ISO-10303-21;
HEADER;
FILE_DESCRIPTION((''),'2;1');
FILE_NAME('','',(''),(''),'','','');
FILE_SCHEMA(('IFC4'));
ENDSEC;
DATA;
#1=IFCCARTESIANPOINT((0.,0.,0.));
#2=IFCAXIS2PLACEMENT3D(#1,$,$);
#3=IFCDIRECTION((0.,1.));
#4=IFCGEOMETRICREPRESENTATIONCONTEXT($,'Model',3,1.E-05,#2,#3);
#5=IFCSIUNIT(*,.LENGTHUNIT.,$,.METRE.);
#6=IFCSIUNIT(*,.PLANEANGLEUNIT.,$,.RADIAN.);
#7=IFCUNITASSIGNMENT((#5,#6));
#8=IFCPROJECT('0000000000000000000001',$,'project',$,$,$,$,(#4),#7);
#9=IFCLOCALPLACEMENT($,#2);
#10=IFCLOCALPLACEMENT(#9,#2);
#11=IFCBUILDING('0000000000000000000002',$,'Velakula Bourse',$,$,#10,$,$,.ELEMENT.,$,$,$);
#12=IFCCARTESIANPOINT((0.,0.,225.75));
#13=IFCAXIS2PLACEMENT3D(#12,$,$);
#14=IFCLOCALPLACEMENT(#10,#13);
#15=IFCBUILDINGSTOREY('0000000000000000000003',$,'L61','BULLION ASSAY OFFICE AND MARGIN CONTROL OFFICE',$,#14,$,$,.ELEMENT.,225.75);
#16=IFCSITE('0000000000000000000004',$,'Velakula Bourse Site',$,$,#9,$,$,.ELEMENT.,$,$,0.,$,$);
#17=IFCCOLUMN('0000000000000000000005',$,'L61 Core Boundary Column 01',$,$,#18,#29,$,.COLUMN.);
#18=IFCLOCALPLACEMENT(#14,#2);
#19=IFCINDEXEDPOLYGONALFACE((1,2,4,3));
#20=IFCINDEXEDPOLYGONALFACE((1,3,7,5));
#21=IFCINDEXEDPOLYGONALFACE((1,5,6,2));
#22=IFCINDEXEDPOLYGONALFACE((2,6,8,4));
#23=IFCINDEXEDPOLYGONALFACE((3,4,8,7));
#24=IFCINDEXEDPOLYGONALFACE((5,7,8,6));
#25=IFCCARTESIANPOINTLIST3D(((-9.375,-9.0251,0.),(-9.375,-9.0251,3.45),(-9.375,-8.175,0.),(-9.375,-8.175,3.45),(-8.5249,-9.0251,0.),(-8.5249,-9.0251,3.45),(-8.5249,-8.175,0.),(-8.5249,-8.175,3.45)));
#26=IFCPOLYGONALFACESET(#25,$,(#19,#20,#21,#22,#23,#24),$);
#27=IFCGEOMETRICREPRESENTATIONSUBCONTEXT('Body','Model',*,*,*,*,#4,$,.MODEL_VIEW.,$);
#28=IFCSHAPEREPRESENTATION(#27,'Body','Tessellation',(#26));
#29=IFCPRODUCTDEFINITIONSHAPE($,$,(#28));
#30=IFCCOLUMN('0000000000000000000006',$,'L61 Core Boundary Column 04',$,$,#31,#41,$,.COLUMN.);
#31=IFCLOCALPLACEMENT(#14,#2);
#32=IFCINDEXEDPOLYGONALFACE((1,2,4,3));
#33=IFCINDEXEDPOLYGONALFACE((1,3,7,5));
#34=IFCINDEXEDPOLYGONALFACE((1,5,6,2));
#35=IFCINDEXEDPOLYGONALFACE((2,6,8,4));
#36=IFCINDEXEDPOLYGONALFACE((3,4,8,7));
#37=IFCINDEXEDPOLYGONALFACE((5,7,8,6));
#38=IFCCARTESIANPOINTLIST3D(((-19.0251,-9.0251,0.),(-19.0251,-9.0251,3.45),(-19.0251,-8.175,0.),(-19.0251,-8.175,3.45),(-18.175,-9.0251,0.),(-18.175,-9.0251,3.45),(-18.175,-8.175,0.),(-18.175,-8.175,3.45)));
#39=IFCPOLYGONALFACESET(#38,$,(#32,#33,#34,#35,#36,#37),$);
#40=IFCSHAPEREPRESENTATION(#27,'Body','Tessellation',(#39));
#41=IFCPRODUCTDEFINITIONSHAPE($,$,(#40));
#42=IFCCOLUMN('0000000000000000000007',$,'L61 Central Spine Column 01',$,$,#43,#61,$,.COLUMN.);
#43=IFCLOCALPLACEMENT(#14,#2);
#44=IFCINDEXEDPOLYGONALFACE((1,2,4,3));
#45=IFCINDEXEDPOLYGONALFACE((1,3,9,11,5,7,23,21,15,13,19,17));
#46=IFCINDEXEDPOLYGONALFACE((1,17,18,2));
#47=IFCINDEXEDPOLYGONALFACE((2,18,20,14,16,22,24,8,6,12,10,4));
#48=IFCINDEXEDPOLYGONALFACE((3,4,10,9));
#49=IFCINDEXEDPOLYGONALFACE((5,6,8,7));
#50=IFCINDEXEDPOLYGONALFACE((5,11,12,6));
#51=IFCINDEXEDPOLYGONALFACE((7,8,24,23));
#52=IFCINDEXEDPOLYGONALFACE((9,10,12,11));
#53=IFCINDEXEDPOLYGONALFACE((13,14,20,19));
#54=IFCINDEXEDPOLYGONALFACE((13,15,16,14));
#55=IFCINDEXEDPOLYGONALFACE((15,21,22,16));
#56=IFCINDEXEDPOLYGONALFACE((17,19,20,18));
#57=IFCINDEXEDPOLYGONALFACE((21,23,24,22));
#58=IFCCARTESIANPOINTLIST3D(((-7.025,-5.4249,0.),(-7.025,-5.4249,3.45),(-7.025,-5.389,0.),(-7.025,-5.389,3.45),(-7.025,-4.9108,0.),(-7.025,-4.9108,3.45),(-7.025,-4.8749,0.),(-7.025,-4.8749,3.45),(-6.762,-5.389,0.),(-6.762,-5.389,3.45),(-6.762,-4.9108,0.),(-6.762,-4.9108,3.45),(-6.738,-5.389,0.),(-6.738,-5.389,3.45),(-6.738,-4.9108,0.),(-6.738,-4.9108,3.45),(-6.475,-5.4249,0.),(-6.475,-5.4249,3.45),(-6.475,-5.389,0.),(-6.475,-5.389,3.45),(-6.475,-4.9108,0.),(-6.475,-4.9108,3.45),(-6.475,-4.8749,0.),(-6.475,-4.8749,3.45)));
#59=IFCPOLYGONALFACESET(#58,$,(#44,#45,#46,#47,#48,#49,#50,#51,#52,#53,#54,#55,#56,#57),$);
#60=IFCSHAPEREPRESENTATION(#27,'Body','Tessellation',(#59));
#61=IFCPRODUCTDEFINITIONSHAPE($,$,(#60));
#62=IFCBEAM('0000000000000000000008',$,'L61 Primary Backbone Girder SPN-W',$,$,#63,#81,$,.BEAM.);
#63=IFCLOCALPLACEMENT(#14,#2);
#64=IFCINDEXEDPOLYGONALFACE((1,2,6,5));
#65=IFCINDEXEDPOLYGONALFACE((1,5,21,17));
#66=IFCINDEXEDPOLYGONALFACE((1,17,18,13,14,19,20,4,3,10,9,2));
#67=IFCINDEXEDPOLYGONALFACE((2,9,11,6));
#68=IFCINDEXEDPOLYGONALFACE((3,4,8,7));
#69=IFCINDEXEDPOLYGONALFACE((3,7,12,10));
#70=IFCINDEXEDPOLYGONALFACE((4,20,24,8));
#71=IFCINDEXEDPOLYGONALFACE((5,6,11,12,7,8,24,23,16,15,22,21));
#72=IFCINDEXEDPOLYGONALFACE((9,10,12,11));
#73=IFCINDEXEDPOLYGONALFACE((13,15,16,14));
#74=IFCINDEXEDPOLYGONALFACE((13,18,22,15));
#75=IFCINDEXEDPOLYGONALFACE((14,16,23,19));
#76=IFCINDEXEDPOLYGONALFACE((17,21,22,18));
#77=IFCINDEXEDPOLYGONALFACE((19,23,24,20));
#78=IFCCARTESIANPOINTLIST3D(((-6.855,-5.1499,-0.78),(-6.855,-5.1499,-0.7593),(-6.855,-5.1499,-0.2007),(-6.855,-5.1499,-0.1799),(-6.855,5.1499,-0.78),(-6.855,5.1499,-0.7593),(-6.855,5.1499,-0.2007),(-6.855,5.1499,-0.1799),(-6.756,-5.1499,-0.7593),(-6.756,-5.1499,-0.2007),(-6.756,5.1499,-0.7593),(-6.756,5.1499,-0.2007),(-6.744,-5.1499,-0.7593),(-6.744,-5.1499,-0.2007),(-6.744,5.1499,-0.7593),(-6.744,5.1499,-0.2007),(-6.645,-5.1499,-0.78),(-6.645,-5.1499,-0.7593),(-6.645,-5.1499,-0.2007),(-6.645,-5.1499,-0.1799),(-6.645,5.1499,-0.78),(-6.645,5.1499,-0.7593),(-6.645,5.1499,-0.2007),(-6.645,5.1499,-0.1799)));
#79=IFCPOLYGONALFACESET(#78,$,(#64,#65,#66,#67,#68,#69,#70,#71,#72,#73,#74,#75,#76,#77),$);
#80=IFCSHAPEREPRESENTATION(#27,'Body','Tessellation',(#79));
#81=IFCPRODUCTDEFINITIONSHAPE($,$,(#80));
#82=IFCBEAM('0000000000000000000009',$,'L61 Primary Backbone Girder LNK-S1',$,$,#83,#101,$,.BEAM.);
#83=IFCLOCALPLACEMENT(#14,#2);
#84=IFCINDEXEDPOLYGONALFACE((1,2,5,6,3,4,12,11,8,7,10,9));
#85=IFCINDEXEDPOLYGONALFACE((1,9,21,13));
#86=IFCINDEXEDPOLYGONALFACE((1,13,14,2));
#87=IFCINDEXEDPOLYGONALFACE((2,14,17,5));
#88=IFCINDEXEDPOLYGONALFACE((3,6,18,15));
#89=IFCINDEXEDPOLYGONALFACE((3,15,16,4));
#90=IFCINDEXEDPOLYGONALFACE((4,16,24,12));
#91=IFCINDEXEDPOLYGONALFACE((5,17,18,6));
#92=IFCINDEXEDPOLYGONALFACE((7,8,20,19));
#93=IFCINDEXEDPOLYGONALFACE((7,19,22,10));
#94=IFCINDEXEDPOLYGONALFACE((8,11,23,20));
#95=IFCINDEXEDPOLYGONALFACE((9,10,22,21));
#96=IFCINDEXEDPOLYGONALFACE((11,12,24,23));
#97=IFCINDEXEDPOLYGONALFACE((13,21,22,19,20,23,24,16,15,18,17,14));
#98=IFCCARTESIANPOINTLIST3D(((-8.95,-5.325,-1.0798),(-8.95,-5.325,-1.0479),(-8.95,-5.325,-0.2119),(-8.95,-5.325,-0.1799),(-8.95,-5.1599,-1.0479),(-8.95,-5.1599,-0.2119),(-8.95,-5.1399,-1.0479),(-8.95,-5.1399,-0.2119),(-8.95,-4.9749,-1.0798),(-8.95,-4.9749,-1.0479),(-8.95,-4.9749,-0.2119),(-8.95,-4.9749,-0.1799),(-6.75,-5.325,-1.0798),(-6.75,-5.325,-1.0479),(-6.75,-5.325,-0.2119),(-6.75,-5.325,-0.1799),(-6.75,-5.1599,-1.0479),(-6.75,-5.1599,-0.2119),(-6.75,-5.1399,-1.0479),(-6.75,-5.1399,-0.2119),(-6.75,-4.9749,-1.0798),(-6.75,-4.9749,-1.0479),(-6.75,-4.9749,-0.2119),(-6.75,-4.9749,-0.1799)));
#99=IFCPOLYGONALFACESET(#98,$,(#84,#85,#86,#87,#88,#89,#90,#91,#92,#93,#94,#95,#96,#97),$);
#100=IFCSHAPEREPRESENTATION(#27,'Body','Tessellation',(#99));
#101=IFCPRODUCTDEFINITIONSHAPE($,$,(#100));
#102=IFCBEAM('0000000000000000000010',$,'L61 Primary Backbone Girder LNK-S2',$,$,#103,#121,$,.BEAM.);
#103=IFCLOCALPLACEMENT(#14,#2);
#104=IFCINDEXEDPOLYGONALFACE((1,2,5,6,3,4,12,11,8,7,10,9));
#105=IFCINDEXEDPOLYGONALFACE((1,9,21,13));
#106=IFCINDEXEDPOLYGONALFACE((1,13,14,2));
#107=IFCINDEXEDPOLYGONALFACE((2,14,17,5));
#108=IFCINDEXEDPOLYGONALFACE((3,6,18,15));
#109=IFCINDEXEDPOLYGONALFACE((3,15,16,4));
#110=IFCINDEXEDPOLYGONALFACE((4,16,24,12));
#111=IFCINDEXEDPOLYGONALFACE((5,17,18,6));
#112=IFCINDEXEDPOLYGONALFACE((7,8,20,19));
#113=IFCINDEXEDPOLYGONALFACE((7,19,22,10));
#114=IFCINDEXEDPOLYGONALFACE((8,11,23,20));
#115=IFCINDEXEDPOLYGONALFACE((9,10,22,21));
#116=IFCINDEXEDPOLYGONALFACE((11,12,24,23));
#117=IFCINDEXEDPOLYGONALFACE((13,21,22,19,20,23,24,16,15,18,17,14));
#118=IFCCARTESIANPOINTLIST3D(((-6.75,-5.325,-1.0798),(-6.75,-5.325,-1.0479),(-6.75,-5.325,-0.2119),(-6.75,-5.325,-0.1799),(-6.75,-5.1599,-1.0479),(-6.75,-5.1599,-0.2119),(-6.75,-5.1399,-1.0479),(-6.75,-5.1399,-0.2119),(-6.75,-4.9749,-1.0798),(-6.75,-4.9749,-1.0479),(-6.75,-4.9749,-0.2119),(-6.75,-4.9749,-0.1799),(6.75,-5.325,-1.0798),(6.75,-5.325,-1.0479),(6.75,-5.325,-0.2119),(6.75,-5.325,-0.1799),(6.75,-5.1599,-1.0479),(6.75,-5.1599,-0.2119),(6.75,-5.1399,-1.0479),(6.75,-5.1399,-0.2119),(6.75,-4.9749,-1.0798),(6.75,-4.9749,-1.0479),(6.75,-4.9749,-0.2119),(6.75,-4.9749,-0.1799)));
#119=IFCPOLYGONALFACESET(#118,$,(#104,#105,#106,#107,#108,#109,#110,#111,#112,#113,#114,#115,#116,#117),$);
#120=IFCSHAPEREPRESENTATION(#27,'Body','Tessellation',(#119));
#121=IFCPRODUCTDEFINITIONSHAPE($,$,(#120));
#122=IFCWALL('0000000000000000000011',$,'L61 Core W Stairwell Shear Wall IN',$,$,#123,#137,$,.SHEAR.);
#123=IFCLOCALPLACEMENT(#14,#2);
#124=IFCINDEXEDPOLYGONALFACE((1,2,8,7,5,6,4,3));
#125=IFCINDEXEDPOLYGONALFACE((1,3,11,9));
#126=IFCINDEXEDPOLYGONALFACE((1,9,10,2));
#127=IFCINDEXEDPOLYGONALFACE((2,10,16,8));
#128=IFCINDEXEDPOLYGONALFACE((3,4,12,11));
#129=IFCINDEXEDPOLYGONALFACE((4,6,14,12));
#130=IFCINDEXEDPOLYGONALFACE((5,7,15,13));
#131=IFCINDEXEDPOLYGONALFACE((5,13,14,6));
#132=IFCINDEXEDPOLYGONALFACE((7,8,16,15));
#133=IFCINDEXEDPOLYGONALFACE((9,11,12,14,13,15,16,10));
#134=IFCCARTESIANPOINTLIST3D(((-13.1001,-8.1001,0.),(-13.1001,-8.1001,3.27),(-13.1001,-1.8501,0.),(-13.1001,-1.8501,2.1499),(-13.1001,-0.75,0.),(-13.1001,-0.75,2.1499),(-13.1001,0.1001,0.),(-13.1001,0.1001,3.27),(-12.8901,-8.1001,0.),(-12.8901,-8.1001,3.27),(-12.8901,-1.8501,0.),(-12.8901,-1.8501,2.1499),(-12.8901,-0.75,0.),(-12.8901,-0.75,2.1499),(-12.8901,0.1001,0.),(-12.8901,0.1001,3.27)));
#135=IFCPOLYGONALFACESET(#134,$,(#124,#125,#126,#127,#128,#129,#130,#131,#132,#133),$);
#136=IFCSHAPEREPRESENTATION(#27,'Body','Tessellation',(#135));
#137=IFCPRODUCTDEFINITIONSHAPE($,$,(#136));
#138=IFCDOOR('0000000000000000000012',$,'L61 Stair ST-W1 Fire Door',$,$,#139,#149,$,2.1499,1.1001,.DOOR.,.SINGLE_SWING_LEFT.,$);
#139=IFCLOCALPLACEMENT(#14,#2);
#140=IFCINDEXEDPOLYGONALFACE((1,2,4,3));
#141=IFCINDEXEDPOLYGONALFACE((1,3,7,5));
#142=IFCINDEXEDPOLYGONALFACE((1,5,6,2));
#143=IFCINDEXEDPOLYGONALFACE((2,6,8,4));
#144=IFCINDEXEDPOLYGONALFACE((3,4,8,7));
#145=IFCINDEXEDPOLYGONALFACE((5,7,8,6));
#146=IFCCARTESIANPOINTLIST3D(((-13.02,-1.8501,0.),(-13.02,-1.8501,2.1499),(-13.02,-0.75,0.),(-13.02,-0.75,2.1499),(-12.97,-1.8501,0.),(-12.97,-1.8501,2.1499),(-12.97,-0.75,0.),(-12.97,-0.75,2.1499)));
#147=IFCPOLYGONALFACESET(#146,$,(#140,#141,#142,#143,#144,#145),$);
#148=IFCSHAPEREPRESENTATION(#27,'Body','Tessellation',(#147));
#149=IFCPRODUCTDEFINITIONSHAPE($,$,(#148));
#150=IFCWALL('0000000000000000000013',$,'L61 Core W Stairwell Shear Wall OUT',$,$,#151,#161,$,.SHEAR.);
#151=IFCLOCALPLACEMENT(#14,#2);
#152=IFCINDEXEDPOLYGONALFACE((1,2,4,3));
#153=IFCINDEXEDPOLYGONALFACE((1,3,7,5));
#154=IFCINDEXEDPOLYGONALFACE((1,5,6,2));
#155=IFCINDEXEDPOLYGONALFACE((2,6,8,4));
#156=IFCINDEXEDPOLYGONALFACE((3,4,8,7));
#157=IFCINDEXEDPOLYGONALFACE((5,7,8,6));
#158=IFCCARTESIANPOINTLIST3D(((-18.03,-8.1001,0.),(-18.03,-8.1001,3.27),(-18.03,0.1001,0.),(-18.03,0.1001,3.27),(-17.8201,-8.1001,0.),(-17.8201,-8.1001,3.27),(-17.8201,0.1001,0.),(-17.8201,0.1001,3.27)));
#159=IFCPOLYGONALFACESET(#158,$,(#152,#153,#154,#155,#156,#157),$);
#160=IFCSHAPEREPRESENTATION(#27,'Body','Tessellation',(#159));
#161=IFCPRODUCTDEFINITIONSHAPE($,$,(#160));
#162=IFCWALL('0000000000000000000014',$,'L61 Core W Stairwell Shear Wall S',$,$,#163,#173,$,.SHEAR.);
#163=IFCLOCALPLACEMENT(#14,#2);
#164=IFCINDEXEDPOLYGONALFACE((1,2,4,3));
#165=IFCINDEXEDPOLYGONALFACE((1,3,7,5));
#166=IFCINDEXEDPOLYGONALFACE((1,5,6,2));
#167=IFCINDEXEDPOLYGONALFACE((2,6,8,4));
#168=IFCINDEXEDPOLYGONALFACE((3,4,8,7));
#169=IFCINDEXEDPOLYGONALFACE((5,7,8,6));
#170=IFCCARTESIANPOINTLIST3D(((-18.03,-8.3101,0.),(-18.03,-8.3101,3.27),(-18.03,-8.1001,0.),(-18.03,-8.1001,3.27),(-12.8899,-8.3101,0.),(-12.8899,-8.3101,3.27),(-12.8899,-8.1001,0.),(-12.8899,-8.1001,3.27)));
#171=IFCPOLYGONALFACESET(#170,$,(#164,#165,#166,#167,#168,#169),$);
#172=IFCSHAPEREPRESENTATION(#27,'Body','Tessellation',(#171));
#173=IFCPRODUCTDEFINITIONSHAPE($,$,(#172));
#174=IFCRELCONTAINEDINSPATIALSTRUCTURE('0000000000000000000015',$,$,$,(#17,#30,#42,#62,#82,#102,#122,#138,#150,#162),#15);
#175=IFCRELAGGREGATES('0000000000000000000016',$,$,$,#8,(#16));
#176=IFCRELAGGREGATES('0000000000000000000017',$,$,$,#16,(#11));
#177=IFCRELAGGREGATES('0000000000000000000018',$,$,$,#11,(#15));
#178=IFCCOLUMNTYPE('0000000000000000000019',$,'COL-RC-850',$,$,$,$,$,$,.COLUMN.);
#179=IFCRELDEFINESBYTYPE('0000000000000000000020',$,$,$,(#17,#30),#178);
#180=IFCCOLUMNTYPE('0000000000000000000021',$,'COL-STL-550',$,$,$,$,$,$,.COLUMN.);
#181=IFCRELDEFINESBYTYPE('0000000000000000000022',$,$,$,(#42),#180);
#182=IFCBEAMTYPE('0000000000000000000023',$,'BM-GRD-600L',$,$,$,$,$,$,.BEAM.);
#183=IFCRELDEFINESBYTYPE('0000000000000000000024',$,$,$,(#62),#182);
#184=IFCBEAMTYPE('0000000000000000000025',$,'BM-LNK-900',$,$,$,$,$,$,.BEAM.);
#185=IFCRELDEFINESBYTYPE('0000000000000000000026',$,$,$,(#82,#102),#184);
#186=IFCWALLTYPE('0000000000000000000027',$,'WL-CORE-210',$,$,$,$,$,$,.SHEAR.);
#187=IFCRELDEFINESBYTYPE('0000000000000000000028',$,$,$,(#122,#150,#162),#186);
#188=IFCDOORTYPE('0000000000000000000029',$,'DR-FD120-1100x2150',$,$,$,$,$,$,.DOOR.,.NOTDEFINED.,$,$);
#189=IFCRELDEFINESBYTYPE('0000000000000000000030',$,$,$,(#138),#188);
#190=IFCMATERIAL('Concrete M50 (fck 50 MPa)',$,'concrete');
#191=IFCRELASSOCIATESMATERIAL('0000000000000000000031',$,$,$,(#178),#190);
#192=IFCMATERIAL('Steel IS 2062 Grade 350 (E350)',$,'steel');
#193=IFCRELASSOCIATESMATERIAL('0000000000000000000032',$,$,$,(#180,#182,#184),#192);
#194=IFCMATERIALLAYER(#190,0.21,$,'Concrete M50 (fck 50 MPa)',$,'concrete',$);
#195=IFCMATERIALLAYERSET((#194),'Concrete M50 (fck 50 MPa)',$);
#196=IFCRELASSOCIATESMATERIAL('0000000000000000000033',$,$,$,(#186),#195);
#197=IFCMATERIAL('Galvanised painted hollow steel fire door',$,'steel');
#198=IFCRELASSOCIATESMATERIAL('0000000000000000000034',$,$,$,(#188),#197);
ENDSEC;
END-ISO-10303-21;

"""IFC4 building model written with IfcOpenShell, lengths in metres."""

from ifc_helpers import new_model, si_unit, direction, frame, frame_2d, origin, origin_2d, place, context, subcontext, project, spatial, rectangle, i_section, extrude, material, layer, layer_set, material_profile, profile_set, type_object, element, fill, save


model = new_model("IFC4")

# Units and contexts
model_context = context("Model", 3, precision=1e-05, world=origin(), true_north=direction((0.0, 1.0)))
body_context = subcontext(model_context, "Body", "Model", "MODEL_VIEW")
ifc_project = project(units=[si_unit("LENGTHUNIT", "METRE"), si_unit("PLANEANGLEUNIT", "RADIAN")], contexts=[model_context])

# Site, building, storey
site_placement = place(None, origin())
site = spatial("IfcSite", under=ifc_project, at=site_placement, Name="Velakula Bourse Site", CompositionType="ELEMENT", RefElevation=0.0)
building_placement = place(site_placement, origin())
building = spatial("IfcBuilding", under=site, at=building_placement, Name="Velakula Bourse", CompositionType="ELEMENT")
storey_placement = place(building_placement, frame((0.0, 0.0, 225.75)))
storey = spatial("IfcBuildingStorey", under=building, at=storey_placement, Name="L61", Description="BULLION ASSAY OFFICE AND MARGIN CONTROL OFFICE", CompositionType="ELEMENT", Elevation=225.75)

# Columns
ifc_material_1 = material(Name="Concrete M50 (fck 50 MPa)", Category="concrete")
ifc_material_profile_1 = material_profile(ifc_material_1, rectangle(XDim=0.8501, YDim=0.8501, at=origin_2d()), Name="Concrete M50 (fck 50 MPa)")
ifc_profile_set_1 = profile_set([ifc_material_profile_1], Name="Concrete M50 (fck 50 MPa)")
column_type_1 = type_object("IfcColumnType", Name="COL-RC-850", PredefinedType="COLUMN", material=ifc_profile_set_1)
for number, where, z_axis, x_axis, name in (
    (1, (-8.95, -8.6001, 0.0), (0.0, 0.0, 1.0), (1.0, 0.0, 0.0), "L61 Core Boundary Column 01"),
    (2, (-18.6001, -8.6001, 0.0), (0.0, 0.0, 1.0), (1.0, 0.0, 0.0), "L61 Core Boundary Column 04"),
):
    element("IfcColumn", number, at=place(storey_placement, frame(where, z_axis=z_axis, x_axis=x_axis)), inside=storey, type_object=column_type_1, Name=name, PredefinedType="COLUMN", context=body_context, shape_type="SweptSolid", body=[
        extrude(rectangle(XDim=0.8501, YDim=0.8501, at=origin_2d()), origin(), (0.0, 0.0, 1.0), 3.45),
    ])
ifc_material_2 = material(Name="Steel IS 2062 Grade 350 (E350)", Category="steel")
ifc_material_profile_2 = material_profile(ifc_material_2, i_section(OverallWidth=0.55, OverallDepth=0.55, WebThickness=0.0239, FlangeThickness=0.0359, at=origin_2d()), Name="Steel IS 2062 Grade 350 (E350)")
ifc_profile_set_2 = profile_set([ifc_material_profile_2], Name="Steel IS 2062 Grade 350 (E350)")
column_type_2 = type_object("IfcColumnType", Name="COL-STL-550", PredefinedType="COLUMN", material=ifc_profile_set_2)
column_placement = place(storey_placement, frame((-6.75, -5.1499, 0.0), z_axis=(0.0, 0.0, 1.0), x_axis=(1.0, 0.0, 0.0)))
element("IfcColumn", 3, at=column_placement, inside=storey, type_object=column_type_2, Name="L61 Central Spine Column 01", PredefinedType="COLUMN", context=body_context, shape_type="SweptSolid", body=[
    extrude(i_section(OverallWidth=0.55, OverallDepth=0.55, WebThickness=0.0239, FlangeThickness=0.0359, at=origin_2d()), origin(), (0.0, 0.0, 1.0), 3.45),
])

# Beams
ifc_material_profile_3 = material_profile(ifc_material_2, i_section(OverallWidth=0.21, OverallDepth=0.6001, WebThickness=0.012, FlangeThickness=0.0208, at=origin_2d()), Name="Steel IS 2062 Grade 350 (E350)")
ifc_profile_set_3 = profile_set([ifc_material_profile_3], Name="Steel IS 2062 Grade 350 (E350)")
beam_type_1 = type_object("IfcBeamType", Name="BM-GRD-600L", PredefinedType="BEAM", material=ifc_profile_set_3)
beam_1_placement = place(storey_placement, frame((-6.75, -5.1499, -0.48), z_axis=(0.0, 1.0, 0.0), x_axis=(-1.0, 0.0, 0.0)))
element("IfcBeam", 4, at=beam_1_placement, inside=storey, type_object=beam_type_1, Name="L61 Primary Backbone Girder SPN-W", PredefinedType="BEAM", context=body_context, shape_type="SweptSolid", body=[
    extrude(i_section(OverallWidth=0.21, OverallDepth=0.6001, WebThickness=0.012, FlangeThickness=0.0208, at=origin_2d()), origin(), (0.0, 0.0, 1.0), 10.2998),
])
ifc_material_profile_4 = material_profile(ifc_material_2, i_section(OverallWidth=0.3501, OverallDepth=0.8999, WebThickness=0.02, FlangeThickness=0.032, at=origin_2d()), Name="Steel IS 2062 Grade 350 (E350)")
ifc_profile_set_4 = profile_set([ifc_material_profile_4], Name="Steel IS 2062 Grade 350 (E350)")
beam_type_2 = type_object("IfcBeamType", Name="BM-LNK-900", PredefinedType="BEAM", material=ifc_profile_set_4)
beam_2_placement = place(storey_placement, frame((-8.95, -5.1499, -0.6299), z_axis=(1.0, 0.0, 0.0), x_axis=(0.0, 1.0, 0.0)))
element("IfcBeam", 5, at=beam_2_placement, inside=storey, type_object=beam_type_2, Name="L61 Primary Backbone Girder LNK-S1", PredefinedType="BEAM", context=body_context, shape_type="SweptSolid", body=[
    extrude(i_section(OverallWidth=0.3501, OverallDepth=0.8999, WebThickness=0.02, FlangeThickness=0.032, at=origin_2d()), origin(), (0.0, 0.0, 1.0), 2.2),
])
beam_3_placement = place(storey_placement, frame((-6.75, -5.1499, -0.6299), z_axis=(1.0, 0.0, 0.0), x_axis=(0.0, 1.0, 0.0)))
element("IfcBeam", 6, at=beam_3_placement, inside=storey, type_object=beam_type_2, Name="L61 Primary Backbone Girder LNK-S2", PredefinedType="BEAM", context=body_context, shape_type="SweptSolid", body=[
    extrude(i_section(OverallWidth=0.3501, OverallDepth=0.8999, WebThickness=0.02, FlangeThickness=0.032, at=origin_2d()), origin(), (0.0, 0.0, 1.0), 13.5),
])

# Wall, opening, door
ifc_layer_1 = layer(ifc_material_1, 0.21, Name="Concrete M50 (fck 50 MPa)", Category="concrete")
ifc_layer_set_1 = layer_set([ifc_layer_1], Name="Concrete M50 (fck 50 MPa)")
wall_type_1 = type_object("IfcWallType", Name="WL-CORE-210", PredefinedType="SHEAR", material=ifc_layer_set_1)
wall_1_placement = place(storey_placement, frame((-12.9951, -8.1001, 0.0), z_axis=(0.0, 0.0, 1.0), x_axis=(0.0, 1.0, 0.0)))
wall_1 = element("IfcWall", 7, at=wall_1_placement, inside=storey, type_object=wall_type_1, Name="L61 Core W Stairwell Shear Wall IN", PredefinedType="SHEAR", context=body_context, shape_type="SweptSolid", body=[
    extrude(rectangle(XDim=8.2002, YDim=0.21, at=frame_2d((4.1001, 0.0))), origin(), (0.0, 0.0, 1.0), 3.27),
])
opening_1_placement = place(wall_1_placement, frame((6.25, 0.0, 0.0)))
opening_1 = element("IfcOpeningElement", 8, at=opening_1_placement, cuts=wall_1, PredefinedType="OPENING", context=body_context, shape_type="SweptSolid", body=[
    extrude(rectangle(XDim=1.1001, YDim=2.1499, at=frame_2d((0.55, 1.075))), frame((0.0, 0.115, 0.0), z_axis=(0.0, -1.0, 0.0), x_axis=(1.0, 0.0, 0.0)), (0.0, 0.0, 1.0), 0.23),
])
ifc_material_3 = material(Name="Galvanised painted hollow steel fire door", Category="steel")
door_type_1 = type_object("IfcDoorType", Name="DR-FD120-1100x2150", OperationType="NOTDEFINED", PredefinedType="DOOR", material=ifc_material_3)
door_1_placement = place(opening_1_placement, origin())
door_1 = element("IfcDoor", 9, at=door_1_placement, inside=storey, type_object=door_type_1, Name="L61 Stair ST-W1 Fire Door", OperationType="SINGLE_SWING_LEFT", OverallHeight=2.1499, OverallWidth=1.1001, PredefinedType="DOOR", context=body_context, shape_type="SweptSolid", body=[
    extrude(rectangle(XDim=1.1001, YDim=2.1499, at=frame_2d((0.55, 1.075))), frame((0.0, 0.0249, 0.0), z_axis=(0.0, -1.0, 0.0), x_axis=(1.0, 0.0, 0.0)), (0.0, 0.0, 1.0), 0.05),
])
fill(opening_1, door_1)

# Walls
wall_2_placement = place(storey_placement, frame((-17.925, -8.1001, 0.0), z_axis=(0.0, 0.0, 1.0), x_axis=(0.0, 1.0, 0.0)))
element("IfcWall", 10, at=wall_2_placement, inside=storey, type_object=wall_type_1, Name="L61 Core W Stairwell Shear Wall OUT", PredefinedType="SHEAR", context=body_context, shape_type="SweptSolid", body=[
    extrude(rectangle(XDim=8.2002, YDim=0.21, at=frame_2d((4.1001, 0.0))), origin(), (0.0, 0.0, 1.0), 3.27),
])
wall_3_placement = place(storey_placement, frame((-18.03, -8.2051, 0.0), z_axis=(0.0, 0.0, 1.0), x_axis=(1.0, 0.0, 0.0)))
element("IfcWall", 11, at=wall_3_placement, inside=storey, type_object=wall_type_1, Name="L61 Core W Stairwell Shear Wall S", PredefinedType="SHEAR", context=body_context, shape_type="SweptSolid", body=[
    extrude(rectangle(XDim=5.1401, YDim=0.21, at=frame_2d((2.5701, 0.0))), origin(), (0.0, 0.0, 1.0), 3.27),
])

save(model, "model.ifc")
